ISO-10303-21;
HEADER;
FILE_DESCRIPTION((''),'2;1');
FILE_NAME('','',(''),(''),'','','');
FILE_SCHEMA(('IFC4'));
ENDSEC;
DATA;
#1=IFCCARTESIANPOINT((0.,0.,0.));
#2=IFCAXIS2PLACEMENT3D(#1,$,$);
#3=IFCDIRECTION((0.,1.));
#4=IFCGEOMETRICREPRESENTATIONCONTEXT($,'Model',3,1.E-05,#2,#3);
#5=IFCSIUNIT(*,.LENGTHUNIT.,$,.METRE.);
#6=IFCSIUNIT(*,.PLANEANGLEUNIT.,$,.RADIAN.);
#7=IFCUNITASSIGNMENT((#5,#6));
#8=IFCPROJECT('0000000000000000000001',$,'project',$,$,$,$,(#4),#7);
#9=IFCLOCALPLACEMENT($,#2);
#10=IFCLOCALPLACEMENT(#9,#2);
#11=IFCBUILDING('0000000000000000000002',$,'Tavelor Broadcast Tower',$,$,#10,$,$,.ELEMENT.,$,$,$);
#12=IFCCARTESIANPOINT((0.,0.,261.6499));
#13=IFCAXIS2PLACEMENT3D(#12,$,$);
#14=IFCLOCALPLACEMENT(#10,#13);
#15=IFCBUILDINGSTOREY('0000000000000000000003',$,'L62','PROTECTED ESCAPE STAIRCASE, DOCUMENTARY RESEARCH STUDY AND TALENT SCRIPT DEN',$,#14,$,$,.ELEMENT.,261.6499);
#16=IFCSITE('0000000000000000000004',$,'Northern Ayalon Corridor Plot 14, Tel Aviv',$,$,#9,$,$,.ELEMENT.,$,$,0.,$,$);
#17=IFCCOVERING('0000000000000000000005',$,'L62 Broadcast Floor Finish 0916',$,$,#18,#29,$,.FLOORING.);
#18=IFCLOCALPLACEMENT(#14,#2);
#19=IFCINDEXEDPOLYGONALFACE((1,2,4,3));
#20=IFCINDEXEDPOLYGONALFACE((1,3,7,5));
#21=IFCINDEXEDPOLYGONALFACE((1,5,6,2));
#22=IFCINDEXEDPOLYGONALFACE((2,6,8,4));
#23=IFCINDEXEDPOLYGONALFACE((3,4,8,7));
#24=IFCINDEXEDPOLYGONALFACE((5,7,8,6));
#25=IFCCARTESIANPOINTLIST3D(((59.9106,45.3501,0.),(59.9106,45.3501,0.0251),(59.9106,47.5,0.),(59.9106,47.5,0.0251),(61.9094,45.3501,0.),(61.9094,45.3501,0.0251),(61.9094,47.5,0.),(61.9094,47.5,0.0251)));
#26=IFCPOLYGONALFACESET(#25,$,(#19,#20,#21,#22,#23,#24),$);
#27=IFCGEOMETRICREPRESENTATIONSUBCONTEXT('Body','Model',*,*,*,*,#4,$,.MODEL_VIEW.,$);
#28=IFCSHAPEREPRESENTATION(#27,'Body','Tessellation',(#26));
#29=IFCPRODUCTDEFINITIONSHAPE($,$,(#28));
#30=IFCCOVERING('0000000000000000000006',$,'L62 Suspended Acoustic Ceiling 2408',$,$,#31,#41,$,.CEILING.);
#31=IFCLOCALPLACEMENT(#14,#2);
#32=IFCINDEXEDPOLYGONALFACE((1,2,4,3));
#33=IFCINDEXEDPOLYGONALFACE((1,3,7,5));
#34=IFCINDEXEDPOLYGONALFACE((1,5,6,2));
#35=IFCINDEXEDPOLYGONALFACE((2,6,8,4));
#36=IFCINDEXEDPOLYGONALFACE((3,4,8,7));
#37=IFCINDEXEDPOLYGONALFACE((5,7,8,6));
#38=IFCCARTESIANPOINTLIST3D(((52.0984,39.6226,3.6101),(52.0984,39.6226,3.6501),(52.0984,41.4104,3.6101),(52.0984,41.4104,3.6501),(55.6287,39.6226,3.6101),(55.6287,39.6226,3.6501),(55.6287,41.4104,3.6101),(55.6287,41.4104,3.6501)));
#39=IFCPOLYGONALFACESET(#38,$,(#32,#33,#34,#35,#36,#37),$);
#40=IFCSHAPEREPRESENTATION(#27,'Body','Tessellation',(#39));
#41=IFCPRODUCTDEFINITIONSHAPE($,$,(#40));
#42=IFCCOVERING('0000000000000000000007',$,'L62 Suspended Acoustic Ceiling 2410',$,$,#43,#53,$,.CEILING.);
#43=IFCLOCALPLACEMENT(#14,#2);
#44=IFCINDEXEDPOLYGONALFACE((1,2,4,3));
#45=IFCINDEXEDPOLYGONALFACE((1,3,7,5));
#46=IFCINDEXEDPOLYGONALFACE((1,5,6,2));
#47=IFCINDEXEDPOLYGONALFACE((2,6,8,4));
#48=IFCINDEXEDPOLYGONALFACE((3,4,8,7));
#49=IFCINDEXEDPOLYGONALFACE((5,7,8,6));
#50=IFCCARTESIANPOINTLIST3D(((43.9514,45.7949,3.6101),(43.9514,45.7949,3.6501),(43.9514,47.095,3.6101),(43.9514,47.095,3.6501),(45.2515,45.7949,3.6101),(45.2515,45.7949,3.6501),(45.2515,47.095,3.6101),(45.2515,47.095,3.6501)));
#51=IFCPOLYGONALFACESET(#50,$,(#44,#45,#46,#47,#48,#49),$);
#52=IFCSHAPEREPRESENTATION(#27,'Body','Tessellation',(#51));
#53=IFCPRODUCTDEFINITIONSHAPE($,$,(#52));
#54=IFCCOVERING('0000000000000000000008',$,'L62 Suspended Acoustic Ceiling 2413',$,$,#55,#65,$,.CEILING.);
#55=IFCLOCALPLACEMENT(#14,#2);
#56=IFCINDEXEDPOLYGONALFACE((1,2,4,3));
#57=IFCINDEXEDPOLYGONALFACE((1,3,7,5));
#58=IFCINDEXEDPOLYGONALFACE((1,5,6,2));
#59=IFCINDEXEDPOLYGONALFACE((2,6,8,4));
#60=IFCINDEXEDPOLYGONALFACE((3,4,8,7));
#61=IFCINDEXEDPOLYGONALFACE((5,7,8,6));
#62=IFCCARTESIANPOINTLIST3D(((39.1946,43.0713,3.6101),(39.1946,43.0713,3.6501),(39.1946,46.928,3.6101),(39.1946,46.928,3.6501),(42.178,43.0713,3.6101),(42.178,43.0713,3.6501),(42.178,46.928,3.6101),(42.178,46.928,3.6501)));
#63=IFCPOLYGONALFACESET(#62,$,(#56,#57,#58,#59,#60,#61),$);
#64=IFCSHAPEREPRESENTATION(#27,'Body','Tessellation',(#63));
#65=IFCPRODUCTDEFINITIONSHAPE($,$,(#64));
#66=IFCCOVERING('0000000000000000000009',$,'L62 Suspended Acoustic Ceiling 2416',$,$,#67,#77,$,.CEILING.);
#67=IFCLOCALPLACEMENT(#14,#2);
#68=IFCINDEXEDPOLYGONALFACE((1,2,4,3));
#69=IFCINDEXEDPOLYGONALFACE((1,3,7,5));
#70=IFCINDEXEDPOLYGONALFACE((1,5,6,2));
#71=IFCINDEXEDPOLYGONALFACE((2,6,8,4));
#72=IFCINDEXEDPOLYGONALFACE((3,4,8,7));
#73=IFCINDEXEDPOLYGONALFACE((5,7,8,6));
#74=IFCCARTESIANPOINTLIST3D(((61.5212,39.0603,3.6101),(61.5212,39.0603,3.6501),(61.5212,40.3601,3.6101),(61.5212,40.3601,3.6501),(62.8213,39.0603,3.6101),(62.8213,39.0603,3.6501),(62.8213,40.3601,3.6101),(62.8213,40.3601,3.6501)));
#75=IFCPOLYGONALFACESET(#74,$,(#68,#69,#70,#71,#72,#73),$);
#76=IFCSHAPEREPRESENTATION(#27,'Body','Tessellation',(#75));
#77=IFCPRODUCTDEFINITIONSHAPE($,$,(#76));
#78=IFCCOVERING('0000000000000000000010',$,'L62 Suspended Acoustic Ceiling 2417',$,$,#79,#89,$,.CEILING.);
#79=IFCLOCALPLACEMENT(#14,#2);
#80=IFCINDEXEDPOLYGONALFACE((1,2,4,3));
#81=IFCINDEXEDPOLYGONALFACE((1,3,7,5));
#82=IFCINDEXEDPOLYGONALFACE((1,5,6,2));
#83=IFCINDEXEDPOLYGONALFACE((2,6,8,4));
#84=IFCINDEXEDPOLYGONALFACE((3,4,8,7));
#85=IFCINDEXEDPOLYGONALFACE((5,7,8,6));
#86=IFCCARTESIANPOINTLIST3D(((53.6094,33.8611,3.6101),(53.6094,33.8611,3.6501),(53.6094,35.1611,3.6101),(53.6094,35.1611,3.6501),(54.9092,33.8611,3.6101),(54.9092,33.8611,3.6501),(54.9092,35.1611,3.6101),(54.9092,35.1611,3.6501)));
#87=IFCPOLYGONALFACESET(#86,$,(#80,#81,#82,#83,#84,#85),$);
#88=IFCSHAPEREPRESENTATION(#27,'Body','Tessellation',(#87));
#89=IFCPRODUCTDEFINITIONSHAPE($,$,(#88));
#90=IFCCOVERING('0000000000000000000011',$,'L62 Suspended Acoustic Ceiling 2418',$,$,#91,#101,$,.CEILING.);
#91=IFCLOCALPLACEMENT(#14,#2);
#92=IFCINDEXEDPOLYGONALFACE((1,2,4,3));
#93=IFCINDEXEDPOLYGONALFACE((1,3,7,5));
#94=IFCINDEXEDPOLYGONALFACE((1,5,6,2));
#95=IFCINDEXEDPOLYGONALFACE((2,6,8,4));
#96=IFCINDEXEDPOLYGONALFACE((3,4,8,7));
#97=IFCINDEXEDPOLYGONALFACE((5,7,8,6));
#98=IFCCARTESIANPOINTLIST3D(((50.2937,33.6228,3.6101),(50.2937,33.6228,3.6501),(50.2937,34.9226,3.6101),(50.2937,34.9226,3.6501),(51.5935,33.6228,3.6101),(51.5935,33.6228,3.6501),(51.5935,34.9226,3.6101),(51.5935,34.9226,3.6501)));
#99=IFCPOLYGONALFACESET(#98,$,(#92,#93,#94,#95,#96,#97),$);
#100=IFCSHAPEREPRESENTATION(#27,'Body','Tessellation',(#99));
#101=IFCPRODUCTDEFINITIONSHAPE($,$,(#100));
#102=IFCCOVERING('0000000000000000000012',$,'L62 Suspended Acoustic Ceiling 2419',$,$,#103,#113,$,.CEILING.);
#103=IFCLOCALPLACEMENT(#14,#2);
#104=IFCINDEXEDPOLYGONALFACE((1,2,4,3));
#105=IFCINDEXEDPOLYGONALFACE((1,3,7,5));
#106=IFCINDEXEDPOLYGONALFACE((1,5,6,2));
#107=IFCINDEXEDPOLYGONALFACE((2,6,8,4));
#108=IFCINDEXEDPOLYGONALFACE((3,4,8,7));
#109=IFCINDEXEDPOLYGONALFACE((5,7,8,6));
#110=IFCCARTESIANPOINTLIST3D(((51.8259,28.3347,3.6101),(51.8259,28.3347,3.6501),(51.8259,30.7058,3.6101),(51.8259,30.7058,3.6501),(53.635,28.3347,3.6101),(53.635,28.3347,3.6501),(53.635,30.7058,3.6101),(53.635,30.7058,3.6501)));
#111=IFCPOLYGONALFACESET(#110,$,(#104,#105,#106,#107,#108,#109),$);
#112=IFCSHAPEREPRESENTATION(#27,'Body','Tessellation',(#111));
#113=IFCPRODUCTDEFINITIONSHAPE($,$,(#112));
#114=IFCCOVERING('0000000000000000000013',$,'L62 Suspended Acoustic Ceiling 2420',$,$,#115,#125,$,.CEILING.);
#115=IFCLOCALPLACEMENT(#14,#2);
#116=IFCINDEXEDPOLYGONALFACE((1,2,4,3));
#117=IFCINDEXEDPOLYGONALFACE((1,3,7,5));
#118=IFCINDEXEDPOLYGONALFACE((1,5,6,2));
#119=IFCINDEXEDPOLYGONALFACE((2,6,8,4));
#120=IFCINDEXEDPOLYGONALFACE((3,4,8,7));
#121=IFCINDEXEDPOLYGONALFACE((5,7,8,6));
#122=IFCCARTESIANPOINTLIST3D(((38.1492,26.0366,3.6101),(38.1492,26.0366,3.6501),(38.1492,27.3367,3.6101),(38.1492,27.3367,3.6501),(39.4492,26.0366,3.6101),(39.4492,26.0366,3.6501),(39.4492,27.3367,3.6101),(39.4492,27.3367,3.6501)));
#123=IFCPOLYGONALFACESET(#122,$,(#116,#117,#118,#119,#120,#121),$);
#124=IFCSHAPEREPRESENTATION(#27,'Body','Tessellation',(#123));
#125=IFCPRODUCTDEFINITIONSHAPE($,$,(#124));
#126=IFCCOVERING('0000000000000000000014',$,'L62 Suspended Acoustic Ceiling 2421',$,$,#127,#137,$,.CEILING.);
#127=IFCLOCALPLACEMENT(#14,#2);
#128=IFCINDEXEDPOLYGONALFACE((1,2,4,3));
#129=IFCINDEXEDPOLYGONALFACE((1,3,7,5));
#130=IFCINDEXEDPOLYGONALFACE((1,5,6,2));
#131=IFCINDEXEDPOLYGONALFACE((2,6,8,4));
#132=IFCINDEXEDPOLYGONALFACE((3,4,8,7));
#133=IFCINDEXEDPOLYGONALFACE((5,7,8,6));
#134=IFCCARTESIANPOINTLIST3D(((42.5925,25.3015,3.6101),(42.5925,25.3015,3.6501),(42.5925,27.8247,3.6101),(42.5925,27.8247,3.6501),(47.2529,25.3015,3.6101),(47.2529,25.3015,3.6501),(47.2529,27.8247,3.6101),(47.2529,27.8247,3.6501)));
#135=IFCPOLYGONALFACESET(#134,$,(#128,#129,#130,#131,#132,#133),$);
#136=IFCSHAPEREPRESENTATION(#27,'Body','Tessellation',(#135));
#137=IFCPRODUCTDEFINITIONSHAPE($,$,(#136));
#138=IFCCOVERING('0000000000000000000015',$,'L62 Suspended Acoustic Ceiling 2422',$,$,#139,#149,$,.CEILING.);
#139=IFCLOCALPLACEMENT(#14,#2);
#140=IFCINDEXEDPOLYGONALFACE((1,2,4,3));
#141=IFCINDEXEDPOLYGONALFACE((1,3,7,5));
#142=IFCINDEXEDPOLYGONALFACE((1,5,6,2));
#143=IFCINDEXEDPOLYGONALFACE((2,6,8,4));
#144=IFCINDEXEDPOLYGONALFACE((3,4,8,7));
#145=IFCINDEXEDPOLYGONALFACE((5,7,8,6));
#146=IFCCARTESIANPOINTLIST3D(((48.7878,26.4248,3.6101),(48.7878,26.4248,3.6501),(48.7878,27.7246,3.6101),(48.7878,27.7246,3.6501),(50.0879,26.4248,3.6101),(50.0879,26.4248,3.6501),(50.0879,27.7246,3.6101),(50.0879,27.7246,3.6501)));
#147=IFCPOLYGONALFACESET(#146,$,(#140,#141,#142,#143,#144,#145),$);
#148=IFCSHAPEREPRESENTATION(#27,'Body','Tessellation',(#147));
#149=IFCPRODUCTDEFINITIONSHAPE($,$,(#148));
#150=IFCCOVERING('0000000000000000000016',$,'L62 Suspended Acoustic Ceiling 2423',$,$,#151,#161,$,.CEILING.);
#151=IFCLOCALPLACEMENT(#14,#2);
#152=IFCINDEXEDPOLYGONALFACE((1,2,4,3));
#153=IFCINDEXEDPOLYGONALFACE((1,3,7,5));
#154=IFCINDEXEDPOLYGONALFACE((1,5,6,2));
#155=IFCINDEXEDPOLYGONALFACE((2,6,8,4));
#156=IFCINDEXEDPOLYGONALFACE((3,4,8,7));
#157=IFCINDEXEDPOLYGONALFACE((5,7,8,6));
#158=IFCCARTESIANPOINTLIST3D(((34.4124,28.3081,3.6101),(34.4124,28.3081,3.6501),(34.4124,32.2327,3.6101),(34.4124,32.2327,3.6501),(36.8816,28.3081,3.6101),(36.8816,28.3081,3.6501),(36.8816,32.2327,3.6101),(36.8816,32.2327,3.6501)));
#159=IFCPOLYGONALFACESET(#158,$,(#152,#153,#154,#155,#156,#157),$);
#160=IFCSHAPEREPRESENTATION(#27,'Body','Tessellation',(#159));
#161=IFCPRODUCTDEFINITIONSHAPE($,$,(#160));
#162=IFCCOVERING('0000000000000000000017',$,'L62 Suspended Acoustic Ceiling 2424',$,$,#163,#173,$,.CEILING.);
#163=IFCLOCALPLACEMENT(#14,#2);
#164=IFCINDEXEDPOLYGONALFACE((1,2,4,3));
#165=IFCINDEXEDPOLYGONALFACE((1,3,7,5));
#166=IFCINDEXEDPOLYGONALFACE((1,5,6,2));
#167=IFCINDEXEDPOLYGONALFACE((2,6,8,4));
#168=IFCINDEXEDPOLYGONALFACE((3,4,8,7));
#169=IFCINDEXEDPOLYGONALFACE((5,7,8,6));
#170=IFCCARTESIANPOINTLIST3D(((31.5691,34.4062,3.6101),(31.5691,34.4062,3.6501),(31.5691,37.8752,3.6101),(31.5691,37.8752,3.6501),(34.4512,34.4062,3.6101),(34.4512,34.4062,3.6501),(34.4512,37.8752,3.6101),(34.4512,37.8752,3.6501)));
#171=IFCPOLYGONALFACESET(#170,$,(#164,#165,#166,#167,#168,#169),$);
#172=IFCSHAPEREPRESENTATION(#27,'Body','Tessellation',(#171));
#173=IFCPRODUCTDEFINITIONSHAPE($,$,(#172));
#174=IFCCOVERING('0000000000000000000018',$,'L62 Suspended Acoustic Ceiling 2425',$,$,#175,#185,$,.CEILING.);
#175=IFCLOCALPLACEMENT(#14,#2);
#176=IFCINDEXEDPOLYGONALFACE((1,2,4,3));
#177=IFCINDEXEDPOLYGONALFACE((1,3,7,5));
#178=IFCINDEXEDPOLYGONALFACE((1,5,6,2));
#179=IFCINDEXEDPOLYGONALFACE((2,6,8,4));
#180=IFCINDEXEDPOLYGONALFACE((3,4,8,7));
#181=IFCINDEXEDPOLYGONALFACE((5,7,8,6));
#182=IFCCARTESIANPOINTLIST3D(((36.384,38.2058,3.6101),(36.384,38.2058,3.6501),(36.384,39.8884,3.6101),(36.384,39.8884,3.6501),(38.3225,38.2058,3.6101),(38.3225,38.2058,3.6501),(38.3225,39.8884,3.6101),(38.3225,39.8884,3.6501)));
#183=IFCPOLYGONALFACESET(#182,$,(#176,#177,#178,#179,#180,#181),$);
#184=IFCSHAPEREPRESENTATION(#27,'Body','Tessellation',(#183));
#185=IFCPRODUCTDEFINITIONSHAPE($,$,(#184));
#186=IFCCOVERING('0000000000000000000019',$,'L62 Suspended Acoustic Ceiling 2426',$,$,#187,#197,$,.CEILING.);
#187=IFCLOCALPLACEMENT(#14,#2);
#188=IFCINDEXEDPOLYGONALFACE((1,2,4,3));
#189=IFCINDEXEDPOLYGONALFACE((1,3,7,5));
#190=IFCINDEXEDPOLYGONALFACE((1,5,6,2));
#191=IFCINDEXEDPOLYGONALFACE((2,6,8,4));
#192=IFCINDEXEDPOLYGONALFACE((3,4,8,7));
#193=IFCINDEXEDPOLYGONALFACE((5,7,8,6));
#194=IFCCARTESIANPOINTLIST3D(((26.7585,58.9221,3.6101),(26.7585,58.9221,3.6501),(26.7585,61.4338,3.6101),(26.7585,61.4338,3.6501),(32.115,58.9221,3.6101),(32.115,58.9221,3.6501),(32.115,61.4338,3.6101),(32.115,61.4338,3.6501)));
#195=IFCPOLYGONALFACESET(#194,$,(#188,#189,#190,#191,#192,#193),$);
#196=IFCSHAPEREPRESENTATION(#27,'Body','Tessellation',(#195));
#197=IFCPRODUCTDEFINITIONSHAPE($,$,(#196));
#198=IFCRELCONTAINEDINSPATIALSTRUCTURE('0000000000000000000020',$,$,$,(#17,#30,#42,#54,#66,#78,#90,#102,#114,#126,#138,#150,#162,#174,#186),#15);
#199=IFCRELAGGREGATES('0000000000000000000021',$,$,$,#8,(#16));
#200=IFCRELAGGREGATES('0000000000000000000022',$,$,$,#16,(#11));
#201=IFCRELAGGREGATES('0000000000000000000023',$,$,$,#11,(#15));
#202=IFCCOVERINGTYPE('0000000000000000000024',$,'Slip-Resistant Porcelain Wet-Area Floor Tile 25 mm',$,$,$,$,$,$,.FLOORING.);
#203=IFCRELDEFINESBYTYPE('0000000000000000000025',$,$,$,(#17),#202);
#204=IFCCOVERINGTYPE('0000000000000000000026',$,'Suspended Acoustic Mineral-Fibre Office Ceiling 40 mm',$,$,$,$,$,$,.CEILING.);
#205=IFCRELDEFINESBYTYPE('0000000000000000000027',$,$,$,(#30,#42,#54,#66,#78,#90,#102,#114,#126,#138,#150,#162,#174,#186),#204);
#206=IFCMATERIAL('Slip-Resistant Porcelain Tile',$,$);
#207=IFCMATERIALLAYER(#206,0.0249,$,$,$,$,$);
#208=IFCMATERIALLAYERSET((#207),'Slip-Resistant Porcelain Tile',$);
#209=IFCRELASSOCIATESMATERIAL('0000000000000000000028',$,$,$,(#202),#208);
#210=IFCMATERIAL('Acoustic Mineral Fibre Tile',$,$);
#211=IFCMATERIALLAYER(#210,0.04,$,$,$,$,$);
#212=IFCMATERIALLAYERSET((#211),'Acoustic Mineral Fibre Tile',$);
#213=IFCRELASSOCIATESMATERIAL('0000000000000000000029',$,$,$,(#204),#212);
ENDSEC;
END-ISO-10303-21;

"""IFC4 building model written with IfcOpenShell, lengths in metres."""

from ifc_helpers import new_model, si_unit, direction, frame, origin, place, context, subcontext, project, spatial, polyline, outline, extrude, material, layer, layer_set, type_object, element, save


model = new_model("IFC4")

# Units and contexts
model_context = context("Model", 3, precision=1e-05, world=origin(), true_north=direction((0.0, 1.0)))
body_context = subcontext(model_context, "Body", "Model", "MODEL_VIEW")
ifc_project = project(units=[si_unit("LENGTHUNIT", "METRE"), si_unit("PLANEANGLEUNIT", "RADIAN")], contexts=[model_context])

# Site, building, storey
site_placement = place(None, origin())
site = spatial("IfcSite", under=ifc_project, at=site_placement, Name="Northern Ayalon Corridor Plot 14, Tel Aviv", CompositionType="ELEMENT", RefElevation=0.0)
building_placement = place(site_placement, origin())
building = spatial("IfcBuilding", under=site, at=building_placement, Name="Tavelor Broadcast Tower", CompositionType="ELEMENT")
storey_placement = place(building_placement, frame((0.0, 0.0, 261.6499)))
storey = spatial("IfcBuildingStorey", under=building, at=storey_placement, Name="L62", Description="PROTECTED ESCAPE STAIRCASE, DOCUMENTARY RESEARCH STUDY AND TALENT SCRIPT DEN", CompositionType="ELEMENT", Elevation=261.6499)

# Coverings
ifc_material_1 = material(Name="Slip-Resistant Porcelain Tile")
ifc_layer_1 = layer(ifc_material_1, 0.0249)
ifc_layer_set_1 = layer_set([ifc_layer_1], Name="Slip-Resistant Porcelain Tile")
covering_type_1 = type_object("IfcCoveringType", Name="Slip-Resistant Porcelain Wet-Area Floor Tile 25 mm", PredefinedType="FLOORING", material=ifc_layer_set_1)
covering_1_placement = place(storey_placement, origin())
element("IfcCovering", 1, at=covering_1_placement, inside=storey, type_object=covering_type_1, Name="L62 Broadcast Floor Finish 0916", PredefinedType="FLOORING", context=body_context, shape_type="SweptSolid", body=[
    extrude(outline(polyline([(59.9106, 45.3501), (61.9094, 45.3501), (61.9094, 47.5), (59.9106, 47.5), (59.9106, 45.3501)])), origin(), (0.0, 0.0, 1.0), 0.0251),
])
ifc_material_2 = material(Name="Acoustic Mineral Fibre Tile")
ifc_layer_2 = layer(ifc_material_2, 0.04)
ifc_layer_set_2 = layer_set([ifc_layer_2], Name="Acoustic Mineral Fibre Tile")
covering_type_2 = type_object("IfcCoveringType", Name="Suspended Acoustic Mineral-Fibre Office Ceiling 40 mm", PredefinedType="CEILING", material=ifc_layer_set_2)
covering_2_placement = place(storey_placement, frame((0.0, 0.0, 3.6101)))
element("IfcCovering", 2, at=covering_2_placement, inside=storey, type_object=covering_type_2, Name="L62 Suspended Acoustic Ceiling 2408", PredefinedType="CEILING", context=body_context, shape_type="SweptSolid", body=[
    extrude(outline(polyline([(52.0984, 39.6226), (55.6287, 39.6226), (55.6287, 41.4104), (52.0984, 41.4104), (52.0984, 39.6226)])), origin(), (0.0, 0.0, 1.0), 0.04),
])
covering_3_placement = place(storey_placement, frame((0.0, 0.0, 3.6101)))
element("IfcCovering", 3, at=covering_3_placement, inside=storey, type_object=covering_type_2, Name="L62 Suspended Acoustic Ceiling 2410", PredefinedType="CEILING", context=body_context, shape_type="SweptSolid", body=[
    extrude(outline(polyline([(43.9514, 45.7949), (45.2515, 45.7949), (45.2515, 47.095), (43.9514, 47.095), (43.9514, 45.7949)])), origin(), (0.0, 0.0, 1.0), 0.04),
])
covering_4_placement = place(storey_placement, frame((0.0, 0.0, 3.6101)))
element("IfcCovering", 4, at=covering_4_placement, inside=storey, type_object=covering_type_2, Name="L62 Suspended Acoustic Ceiling 2413", PredefinedType="CEILING", context=body_context, shape_type="SweptSolid", body=[
    extrude(outline(polyline([(39.1946, 43.0713), (42.178, 43.0713), (42.178, 46.928), (39.1946, 46.928), (39.1946, 43.0713)])), origin(), (0.0, 0.0, 1.0), 0.04),
])
covering_5_placement = place(storey_placement, frame((0.0, 0.0, 3.6101)))
element("IfcCovering", 5, at=covering_5_placement, inside=storey, type_object=covering_type_2, Name="L62 Suspended Acoustic Ceiling 2416", PredefinedType="CEILING", context=body_context, shape_type="SweptSolid", body=[
    extrude(outline(polyline([(61.5212, 39.0603), (62.8213, 39.0603), (62.8213, 40.3601), (61.5212, 40.3601), (61.5212, 39.0603)])), origin(), (0.0, 0.0, 1.0), 0.04),
])
covering_6_placement = place(storey_placement, frame((0.0, 0.0, 3.6101)))
element("IfcCovering", 6, at=covering_6_placement, inside=storey, type_object=covering_type_2, Name="L62 Suspended Acoustic Ceiling 2417", PredefinedType="CEILING", context=body_context, shape_type="SweptSolid", body=[
    extrude(outline(polyline([(53.6094, 33.8611), (54.9092, 33.8611), (54.9092, 35.1611), (53.6094, 35.1611), (53.6094, 33.8611)])), origin(), (0.0, 0.0, 1.0), 0.04),
])
covering_7_placement = place(storey_placement, frame((0.0, 0.0, 3.6101)))
element("IfcCovering", 7, at=covering_7_placement, inside=storey, type_object=covering_type_2, Name="L62 Suspended Acoustic Ceiling 2418", PredefinedType="CEILING", context=body_context, shape_type="SweptSolid", body=[
    extrude(outline(polyline([(50.2937, 33.6228), (51.5935, 33.6228), (51.5935, 34.9226), (50.2937, 34.9226), (50.2937, 33.6228)])), origin(), (0.0, 0.0, 1.0), 0.04),
])
covering_8_placement = place(storey_placement, frame((0.0, 0.0, 3.6101)))
element("IfcCovering", 8, at=covering_8_placement, inside=storey, type_object=covering_type_2, Name="L62 Suspended Acoustic Ceiling 2419", PredefinedType="CEILING", context=body_context, shape_type="SweptSolid", body=[
    extrude(outline(polyline([(51.8259, 28.3347), (53.635, 28.3347), (53.635, 30.7058), (51.8259, 30.7058), (51.8259, 28.3347)])), origin(), (0.0, 0.0, 1.0), 0.04),
])
covering_9_placement = place(storey_placement, frame((0.0, 0.0, 3.6101)))
element("IfcCovering", 9, at=covering_9_placement, inside=storey, type_object=covering_type_2, Name="L62 Suspended Acoustic Ceiling 2420", PredefinedType="CEILING", context=body_context, shape_type="SweptSolid", body=[
    extrude(outline(polyline([(38.1492, 26.0366), (39.4492, 26.0366), (39.4492, 27.3367), (38.1492, 27.3367), (38.1492, 26.0366)])), origin(), (0.0, 0.0, 1.0), 0.04),
])
covering_10_placement = place(storey_placement, frame((0.0, 0.0, 3.6101)))
element("IfcCovering", 10, at=covering_10_placement, inside=storey, type_object=covering_type_2, Name="L62 Suspended Acoustic Ceiling 2421", PredefinedType="CEILING", context=body_context, shape_type="SweptSolid", body=[
    extrude(outline(polyline([(42.5925, 25.3015), (47.2529, 25.3015), (47.2529, 27.8247), (42.5925, 27.8247), (42.5925, 25.3015)])), origin(), (0.0, 0.0, 1.0), 0.04),
])
covering_11_placement = place(storey_placement, frame((0.0, 0.0, 3.6101)))
element("IfcCovering", 11, at=covering_11_placement, inside=storey, type_object=covering_type_2, Name="L62 Suspended Acoustic Ceiling 2422", PredefinedType="CEILING", context=body_context, shape_type="SweptSolid", body=[
    extrude(outline(polyline([(48.7878, 26.4248), (50.0879, 26.4248), (50.0879, 27.7246), (48.7878, 27.7246), (48.7878, 26.4248)])), origin(), (0.0, 0.0, 1.0), 0.04),
])
covering_12_placement = place(storey_placement, frame((0.0, 0.0, 3.6101)))
element("IfcCovering", 12, at=covering_12_placement, inside=storey, type_object=covering_type_2, Name="L62 Suspended Acoustic Ceiling 2423", PredefinedType="CEILING", context=body_context, shape_type="SweptSolid", body=[
    extrude(outline(polyline([(34.4124, 28.3081), (36.8816, 28.3081), (36.8816, 32.2327), (34.4124, 32.2327), (34.4124, 28.3081)])), origin(), (0.0, 0.0, 1.0), 0.04),
])
covering_13_placement = place(storey_placement, frame((0.0, 0.0, 3.6101)))
element("IfcCovering", 13, at=covering_13_placement, inside=storey, type_object=covering_type_2, Name="L62 Suspended Acoustic Ceiling 2424", PredefinedType="CEILING", context=body_context, shape_type="SweptSolid", body=[
    extrude(outline(polyline([(31.5691, 34.4062), (34.4512, 34.4062), (34.4512, 37.8752), (31.5691, 37.8752), (31.5691, 34.4062)])), origin(), (0.0, 0.0, 1.0), 0.04),
])
covering_14_placement = place(storey_placement, frame((0.0, 0.0, 3.6101)))
element("IfcCovering", 14, at=covering_14_placement, inside=storey, type_object=covering_type_2, Name="L62 Suspended Acoustic Ceiling 2425", PredefinedType="CEILING", context=body_context, shape_type="SweptSolid", body=[
    extrude(outline(polyline([(36.384, 38.2058), (38.3225, 38.2058), (38.3225, 39.8884), (36.384, 39.8884), (36.384, 38.2058)])), origin(), (0.0, 0.0, 1.0), 0.04),
])
covering_15_placement = place(storey_placement, frame((0.0, 0.0, 3.6101)))
element("IfcCovering", 15, at=covering_15_placement, inside=storey, type_object=covering_type_2, Name="L62 Suspended Acoustic Ceiling 2426", PredefinedType="CEILING", context=body_context, shape_type="SweptSolid", body=[
    extrude(outline(polyline([(26.7585, 58.9221), (32.115, 58.9221), (32.115, 61.4338), (26.7585, 61.4338), (26.7585, 58.9221)])), origin(), (0.0, 0.0, 1.0), 0.04),
])

save(model, "model.ifc")
